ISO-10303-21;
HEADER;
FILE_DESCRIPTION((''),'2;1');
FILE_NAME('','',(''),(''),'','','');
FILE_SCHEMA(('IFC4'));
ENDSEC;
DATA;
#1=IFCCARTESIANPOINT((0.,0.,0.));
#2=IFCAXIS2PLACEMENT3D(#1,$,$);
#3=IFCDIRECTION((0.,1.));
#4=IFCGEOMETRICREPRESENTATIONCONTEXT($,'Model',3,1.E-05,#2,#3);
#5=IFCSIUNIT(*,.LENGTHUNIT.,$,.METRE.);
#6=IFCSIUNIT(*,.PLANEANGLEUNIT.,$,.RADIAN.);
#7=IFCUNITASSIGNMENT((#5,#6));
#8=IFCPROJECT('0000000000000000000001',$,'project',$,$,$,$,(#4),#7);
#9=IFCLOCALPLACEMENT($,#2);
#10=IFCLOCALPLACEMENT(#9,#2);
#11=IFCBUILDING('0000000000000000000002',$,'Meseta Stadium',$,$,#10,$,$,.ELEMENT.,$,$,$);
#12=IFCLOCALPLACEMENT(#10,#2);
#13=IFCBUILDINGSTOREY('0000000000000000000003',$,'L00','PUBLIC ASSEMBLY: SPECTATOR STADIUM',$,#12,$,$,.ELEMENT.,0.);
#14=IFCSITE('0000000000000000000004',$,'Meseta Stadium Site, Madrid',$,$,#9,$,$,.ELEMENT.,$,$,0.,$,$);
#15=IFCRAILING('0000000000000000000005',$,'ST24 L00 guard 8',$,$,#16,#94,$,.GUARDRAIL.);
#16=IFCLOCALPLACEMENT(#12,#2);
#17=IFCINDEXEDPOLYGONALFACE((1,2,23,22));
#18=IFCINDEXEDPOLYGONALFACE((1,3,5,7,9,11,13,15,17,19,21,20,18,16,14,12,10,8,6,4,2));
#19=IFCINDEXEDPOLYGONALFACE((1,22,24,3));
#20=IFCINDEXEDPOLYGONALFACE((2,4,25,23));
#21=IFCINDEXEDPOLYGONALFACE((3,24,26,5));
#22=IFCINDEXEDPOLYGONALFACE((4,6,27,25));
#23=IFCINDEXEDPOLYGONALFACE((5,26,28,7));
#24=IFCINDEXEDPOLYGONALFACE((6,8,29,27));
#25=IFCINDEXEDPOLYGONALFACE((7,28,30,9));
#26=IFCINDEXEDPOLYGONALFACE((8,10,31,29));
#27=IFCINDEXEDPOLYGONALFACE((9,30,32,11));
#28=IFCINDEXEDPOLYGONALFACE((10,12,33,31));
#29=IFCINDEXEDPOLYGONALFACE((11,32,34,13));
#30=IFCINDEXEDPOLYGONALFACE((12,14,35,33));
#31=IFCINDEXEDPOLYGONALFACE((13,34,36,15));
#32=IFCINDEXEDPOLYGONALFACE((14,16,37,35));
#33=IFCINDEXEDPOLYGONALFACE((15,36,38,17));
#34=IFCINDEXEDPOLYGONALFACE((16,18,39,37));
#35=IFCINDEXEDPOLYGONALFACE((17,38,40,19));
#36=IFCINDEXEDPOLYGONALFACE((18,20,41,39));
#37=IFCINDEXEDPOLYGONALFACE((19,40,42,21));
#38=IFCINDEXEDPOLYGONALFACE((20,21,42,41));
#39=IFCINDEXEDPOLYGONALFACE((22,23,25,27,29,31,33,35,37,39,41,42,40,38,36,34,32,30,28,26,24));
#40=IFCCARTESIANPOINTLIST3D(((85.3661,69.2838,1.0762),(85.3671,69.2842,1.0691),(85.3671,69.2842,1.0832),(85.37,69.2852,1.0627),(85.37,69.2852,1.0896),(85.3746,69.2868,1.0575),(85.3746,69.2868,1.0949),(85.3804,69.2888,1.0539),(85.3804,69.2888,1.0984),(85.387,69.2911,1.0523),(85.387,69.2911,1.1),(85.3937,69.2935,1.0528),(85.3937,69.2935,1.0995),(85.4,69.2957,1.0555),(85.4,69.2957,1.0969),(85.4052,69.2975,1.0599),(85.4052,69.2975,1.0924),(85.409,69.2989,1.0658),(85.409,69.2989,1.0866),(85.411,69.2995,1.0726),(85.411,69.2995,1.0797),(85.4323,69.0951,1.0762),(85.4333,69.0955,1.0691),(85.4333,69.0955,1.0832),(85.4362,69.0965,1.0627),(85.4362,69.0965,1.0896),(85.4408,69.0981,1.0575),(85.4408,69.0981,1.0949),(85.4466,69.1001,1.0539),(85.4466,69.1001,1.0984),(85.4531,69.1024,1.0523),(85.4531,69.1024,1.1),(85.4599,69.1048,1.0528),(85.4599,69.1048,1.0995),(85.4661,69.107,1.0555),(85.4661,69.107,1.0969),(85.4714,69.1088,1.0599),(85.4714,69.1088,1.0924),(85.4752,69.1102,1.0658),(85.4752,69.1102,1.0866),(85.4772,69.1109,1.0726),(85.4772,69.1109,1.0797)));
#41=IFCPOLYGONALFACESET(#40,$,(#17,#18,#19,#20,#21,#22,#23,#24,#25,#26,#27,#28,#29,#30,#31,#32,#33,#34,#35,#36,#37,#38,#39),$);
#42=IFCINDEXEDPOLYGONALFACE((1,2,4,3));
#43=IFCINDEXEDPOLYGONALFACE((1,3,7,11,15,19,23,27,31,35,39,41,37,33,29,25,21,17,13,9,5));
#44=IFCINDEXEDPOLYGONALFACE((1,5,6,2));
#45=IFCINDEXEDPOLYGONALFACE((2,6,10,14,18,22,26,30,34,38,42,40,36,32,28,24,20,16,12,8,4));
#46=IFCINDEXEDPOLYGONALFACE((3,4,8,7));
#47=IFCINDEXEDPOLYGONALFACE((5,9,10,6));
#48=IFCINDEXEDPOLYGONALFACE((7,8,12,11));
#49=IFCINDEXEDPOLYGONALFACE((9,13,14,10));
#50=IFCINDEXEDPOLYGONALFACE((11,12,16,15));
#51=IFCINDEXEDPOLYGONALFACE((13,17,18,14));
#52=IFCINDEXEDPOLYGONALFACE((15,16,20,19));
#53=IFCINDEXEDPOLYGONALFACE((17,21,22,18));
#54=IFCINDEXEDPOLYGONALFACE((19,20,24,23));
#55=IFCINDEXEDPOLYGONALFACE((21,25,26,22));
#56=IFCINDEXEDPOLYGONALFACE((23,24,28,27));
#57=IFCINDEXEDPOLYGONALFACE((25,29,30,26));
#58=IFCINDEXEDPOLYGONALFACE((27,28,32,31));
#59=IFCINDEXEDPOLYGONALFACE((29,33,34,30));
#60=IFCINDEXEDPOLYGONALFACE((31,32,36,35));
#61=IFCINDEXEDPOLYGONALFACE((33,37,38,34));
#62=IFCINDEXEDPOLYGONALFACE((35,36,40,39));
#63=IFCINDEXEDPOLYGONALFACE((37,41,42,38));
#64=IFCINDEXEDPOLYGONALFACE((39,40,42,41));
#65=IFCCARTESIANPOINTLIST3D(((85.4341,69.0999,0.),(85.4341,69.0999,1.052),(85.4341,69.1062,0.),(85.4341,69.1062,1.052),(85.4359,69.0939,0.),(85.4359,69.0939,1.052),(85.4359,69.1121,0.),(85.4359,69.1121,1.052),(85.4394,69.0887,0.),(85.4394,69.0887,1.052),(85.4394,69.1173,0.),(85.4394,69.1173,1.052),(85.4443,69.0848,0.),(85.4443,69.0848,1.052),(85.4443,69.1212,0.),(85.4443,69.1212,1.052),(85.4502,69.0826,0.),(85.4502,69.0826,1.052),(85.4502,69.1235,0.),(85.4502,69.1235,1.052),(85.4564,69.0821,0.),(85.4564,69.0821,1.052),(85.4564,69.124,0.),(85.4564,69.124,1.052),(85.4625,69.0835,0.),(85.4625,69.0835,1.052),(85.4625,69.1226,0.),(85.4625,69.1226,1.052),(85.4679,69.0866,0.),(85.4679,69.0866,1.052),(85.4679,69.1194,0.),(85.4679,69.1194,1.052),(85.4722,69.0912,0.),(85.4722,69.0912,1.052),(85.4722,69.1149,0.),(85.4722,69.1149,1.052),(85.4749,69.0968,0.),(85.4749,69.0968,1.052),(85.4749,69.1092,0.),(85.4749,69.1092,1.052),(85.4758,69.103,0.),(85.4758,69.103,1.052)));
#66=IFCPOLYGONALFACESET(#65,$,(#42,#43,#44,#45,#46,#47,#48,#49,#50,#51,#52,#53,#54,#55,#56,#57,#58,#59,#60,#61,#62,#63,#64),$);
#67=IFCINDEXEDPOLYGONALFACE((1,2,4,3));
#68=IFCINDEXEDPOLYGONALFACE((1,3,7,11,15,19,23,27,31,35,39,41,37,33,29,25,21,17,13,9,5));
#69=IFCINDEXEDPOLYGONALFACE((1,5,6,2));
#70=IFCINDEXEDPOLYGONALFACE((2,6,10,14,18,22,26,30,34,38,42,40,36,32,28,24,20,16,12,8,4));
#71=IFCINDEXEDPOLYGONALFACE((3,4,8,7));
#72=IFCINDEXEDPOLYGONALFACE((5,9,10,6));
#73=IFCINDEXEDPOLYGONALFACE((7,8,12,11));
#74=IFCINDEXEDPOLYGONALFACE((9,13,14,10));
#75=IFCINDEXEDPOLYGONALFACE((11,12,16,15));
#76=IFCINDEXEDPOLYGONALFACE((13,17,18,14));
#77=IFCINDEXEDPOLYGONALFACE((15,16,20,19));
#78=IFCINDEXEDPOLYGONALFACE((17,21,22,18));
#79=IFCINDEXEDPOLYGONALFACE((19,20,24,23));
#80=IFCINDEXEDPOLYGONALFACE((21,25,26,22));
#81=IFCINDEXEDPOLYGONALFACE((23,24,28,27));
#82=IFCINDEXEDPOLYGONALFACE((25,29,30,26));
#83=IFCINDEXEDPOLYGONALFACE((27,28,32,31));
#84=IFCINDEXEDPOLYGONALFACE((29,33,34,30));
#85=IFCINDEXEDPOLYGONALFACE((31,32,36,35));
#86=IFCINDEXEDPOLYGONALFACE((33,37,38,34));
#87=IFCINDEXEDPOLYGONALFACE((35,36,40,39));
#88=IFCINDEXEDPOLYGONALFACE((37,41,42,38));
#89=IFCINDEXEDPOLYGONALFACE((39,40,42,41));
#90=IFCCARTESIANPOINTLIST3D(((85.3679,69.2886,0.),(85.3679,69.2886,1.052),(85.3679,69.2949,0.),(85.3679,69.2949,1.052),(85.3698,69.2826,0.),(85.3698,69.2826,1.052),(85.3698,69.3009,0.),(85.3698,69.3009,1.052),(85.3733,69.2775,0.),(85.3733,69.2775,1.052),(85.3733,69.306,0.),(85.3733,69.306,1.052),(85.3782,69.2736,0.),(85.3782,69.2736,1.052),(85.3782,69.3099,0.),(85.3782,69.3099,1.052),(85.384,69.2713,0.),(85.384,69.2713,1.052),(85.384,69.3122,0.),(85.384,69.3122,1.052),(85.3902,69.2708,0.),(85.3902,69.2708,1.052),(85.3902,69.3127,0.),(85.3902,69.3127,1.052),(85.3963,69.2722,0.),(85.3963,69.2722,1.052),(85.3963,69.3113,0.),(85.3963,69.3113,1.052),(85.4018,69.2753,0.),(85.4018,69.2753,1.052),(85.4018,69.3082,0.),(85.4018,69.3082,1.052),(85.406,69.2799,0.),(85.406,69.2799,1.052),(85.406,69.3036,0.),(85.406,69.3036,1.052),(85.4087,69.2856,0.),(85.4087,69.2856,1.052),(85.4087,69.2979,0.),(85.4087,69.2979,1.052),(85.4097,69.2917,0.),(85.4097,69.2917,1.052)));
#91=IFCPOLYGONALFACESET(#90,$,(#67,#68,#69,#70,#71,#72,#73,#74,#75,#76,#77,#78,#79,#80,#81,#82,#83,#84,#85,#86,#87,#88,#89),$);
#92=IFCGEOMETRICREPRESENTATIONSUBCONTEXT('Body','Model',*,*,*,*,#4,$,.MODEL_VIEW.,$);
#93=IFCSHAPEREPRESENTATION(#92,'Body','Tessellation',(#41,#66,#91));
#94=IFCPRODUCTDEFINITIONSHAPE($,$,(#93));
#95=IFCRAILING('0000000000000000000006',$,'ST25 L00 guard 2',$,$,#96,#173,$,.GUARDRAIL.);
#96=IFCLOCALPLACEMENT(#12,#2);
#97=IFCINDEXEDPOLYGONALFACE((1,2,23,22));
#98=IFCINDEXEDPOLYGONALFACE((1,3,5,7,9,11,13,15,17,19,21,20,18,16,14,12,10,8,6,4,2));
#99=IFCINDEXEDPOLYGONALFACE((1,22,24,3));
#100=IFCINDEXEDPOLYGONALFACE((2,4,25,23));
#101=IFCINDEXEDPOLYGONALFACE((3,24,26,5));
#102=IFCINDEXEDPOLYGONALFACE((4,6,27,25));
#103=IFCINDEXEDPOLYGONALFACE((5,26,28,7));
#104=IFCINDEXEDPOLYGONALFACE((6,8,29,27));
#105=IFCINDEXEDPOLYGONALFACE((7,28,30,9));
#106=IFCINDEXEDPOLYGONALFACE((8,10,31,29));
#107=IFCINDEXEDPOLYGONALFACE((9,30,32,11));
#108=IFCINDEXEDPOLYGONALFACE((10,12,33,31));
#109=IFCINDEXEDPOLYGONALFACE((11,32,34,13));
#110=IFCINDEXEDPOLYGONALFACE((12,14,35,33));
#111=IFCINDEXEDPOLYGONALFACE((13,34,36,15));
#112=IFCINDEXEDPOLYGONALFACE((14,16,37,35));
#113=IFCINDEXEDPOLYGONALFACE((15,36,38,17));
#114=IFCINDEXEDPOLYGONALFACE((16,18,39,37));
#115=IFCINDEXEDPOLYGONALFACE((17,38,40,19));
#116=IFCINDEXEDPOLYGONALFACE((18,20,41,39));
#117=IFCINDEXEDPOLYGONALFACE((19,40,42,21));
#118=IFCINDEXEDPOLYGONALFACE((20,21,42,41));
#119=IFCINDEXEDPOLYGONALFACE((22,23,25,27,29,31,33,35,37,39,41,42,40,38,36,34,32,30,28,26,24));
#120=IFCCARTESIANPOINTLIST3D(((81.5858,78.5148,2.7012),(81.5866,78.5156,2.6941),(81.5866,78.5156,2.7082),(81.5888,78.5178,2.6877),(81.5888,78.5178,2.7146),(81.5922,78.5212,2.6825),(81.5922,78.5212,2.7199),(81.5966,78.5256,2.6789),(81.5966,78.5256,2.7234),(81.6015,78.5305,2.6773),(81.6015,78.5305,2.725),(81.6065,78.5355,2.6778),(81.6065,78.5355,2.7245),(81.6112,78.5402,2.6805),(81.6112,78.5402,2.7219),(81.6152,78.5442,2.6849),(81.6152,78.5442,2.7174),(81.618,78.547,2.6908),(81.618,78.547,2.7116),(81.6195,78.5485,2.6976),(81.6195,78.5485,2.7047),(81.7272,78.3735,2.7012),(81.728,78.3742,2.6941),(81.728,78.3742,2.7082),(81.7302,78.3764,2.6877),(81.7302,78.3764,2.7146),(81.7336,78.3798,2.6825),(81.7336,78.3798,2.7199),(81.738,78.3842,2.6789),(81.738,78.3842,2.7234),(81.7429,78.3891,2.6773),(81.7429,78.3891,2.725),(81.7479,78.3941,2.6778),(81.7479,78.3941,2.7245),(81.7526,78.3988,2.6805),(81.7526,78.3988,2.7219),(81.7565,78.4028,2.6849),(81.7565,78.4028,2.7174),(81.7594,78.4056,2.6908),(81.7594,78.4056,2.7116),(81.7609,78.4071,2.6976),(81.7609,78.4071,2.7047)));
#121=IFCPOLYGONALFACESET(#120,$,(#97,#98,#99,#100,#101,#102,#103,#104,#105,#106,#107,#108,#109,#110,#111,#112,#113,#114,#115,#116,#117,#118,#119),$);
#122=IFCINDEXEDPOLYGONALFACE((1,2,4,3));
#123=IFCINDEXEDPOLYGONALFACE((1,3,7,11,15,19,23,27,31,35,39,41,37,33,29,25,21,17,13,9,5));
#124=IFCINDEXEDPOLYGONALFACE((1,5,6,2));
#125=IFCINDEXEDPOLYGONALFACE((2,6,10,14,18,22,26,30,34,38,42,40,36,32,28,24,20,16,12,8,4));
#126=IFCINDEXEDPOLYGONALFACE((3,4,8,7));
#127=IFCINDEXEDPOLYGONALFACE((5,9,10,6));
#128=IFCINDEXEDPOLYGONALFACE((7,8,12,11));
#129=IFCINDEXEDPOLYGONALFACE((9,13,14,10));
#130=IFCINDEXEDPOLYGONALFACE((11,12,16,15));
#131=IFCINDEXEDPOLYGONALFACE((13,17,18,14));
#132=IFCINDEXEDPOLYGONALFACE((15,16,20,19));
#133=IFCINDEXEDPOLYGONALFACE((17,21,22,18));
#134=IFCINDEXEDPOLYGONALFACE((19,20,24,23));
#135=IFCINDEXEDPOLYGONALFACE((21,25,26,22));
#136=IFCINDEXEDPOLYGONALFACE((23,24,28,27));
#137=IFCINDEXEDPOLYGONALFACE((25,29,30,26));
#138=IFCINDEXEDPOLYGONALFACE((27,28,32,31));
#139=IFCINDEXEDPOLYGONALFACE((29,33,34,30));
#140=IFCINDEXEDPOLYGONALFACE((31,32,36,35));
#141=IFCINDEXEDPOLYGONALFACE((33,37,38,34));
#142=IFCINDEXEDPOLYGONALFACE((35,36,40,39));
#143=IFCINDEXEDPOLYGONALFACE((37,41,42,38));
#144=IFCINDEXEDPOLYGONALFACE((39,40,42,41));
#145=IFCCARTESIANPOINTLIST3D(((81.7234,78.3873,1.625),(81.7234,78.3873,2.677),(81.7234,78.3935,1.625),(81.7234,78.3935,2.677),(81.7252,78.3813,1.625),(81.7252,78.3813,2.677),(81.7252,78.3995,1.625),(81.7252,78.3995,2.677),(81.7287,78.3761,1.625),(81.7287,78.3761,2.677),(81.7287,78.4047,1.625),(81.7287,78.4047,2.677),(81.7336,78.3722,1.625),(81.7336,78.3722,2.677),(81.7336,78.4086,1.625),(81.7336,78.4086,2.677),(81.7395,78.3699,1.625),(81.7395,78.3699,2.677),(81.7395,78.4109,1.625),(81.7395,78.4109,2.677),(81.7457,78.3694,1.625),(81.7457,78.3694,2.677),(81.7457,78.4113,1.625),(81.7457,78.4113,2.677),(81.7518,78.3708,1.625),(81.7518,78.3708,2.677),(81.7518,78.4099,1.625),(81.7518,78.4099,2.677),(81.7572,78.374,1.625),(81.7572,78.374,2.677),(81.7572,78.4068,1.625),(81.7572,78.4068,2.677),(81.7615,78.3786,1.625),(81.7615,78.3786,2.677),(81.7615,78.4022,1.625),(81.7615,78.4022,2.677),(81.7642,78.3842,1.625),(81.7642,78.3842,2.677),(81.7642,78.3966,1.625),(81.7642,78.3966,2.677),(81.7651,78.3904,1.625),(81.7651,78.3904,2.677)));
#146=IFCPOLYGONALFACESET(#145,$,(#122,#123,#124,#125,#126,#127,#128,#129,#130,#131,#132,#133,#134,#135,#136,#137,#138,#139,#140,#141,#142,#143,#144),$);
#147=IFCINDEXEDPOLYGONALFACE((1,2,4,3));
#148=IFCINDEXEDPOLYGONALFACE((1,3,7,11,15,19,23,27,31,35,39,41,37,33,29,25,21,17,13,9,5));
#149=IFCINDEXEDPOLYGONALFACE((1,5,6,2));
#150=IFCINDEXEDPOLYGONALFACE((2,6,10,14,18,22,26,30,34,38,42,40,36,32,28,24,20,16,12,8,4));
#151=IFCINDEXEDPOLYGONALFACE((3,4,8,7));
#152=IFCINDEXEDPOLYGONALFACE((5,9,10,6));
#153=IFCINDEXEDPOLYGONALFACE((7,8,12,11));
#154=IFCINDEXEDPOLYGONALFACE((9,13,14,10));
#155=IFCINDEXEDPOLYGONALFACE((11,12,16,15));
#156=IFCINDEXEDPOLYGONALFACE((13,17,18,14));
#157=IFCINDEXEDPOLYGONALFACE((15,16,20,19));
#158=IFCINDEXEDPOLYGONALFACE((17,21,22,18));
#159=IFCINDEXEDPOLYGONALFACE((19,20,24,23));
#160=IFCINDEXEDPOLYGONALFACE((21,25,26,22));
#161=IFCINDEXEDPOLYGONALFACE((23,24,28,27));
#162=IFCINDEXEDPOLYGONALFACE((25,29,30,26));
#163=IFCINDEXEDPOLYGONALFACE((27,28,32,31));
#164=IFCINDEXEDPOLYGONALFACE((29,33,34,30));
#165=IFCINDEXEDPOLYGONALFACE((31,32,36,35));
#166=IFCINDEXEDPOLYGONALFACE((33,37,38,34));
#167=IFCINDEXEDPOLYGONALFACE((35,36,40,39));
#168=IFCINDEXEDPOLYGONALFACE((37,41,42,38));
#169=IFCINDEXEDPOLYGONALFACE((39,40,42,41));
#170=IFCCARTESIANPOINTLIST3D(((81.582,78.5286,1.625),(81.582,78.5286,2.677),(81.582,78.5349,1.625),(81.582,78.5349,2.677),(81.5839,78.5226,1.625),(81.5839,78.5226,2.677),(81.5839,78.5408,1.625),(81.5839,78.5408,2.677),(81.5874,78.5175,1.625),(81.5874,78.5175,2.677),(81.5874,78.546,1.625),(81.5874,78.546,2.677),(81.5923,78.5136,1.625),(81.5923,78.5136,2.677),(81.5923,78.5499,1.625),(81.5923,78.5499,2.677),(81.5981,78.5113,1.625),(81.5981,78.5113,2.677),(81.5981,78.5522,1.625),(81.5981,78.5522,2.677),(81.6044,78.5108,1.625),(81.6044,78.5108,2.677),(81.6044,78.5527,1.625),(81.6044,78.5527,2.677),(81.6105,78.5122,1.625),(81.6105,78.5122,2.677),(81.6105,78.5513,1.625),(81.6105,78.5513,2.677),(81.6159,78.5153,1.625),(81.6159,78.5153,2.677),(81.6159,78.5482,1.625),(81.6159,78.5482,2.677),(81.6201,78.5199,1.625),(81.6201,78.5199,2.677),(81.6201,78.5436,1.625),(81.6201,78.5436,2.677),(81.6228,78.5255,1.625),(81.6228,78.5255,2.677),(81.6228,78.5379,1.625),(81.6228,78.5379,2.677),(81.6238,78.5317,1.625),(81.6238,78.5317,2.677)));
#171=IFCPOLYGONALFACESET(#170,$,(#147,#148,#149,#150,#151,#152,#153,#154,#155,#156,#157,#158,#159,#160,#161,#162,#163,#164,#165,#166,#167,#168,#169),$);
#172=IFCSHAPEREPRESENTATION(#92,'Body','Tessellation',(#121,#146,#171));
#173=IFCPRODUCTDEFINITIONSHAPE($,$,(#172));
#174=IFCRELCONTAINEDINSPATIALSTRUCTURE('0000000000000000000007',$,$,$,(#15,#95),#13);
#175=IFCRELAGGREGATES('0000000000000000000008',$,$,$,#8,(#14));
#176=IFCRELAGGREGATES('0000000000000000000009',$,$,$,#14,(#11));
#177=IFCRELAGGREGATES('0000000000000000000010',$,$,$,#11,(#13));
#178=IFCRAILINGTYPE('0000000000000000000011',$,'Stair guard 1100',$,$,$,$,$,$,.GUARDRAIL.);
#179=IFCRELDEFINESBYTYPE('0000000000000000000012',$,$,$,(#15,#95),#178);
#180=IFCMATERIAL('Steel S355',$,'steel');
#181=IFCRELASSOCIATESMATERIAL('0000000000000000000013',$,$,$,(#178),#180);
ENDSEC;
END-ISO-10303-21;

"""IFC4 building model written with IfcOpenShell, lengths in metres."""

from ifc_helpers import new_model, si_unit, direction, frame, origin, origin_2d, place, context, subcontext, project, spatial, circle, extrude, material, type_object, element, save


model = new_model("IFC4")

# Units and contexts
model_context = context("Model", 3, precision=1e-05, world=origin(), true_north=direction((0.0, 1.0)))
body_context = subcontext(model_context, "Body", "Model", "MODEL_VIEW")
ifc_project = project(units=[si_unit("LENGTHUNIT", "METRE"), si_unit("PLANEANGLEUNIT", "RADIAN")], contexts=[model_context])

# Site, building, storey
site_placement = place(None, origin())
site = spatial("IfcSite", under=ifc_project, at=site_placement, Name="Meseta Stadium Site, Madrid", CompositionType="ELEMENT", RefElevation=0.0)
building_placement = place(site_placement, origin())
building = spatial("IfcBuilding", under=site, at=building_placement, Name="Meseta Stadium", CompositionType="ELEMENT")
storey_placement = place(building_placement, origin())
storey = spatial("IfcBuildingStorey", under=building, at=storey_placement, Name="L00", Description="PUBLIC ASSEMBLY: SPECTATOR STADIUM", CompositionType="ELEMENT", Elevation=0.0)

# Railings
ifc_material_1 = material(Name="Steel S355", Category="steel")
railing_type_1 = type_object("IfcRailingType", Name="Stair guard 1100", PredefinedType="GUARDRAIL", material=ifc_material_1)
railing_1_placement = place(storey_placement, frame((85.4548, 69.103, 0.0)))
element("IfcRailing", 1, at=railing_1_placement, inside=storey, type_object=railing_type_1, Name="ST24 L00 guard 8", PredefinedType="GUARDRAIL", context=body_context, shape_type="SweptSolid", body=[
    extrude(circle(Radius=0.0239, at=origin_2d()), frame((0.0, 0.0, 1.0762), z_axis=(-0.33084, 0.943687, 0.0), x_axis=(-0.943687, -0.33084, 0.0)), (0.0, 0.0, 1.0), 0.2),
    extrude(circle(Radius=0.021, at=origin_2d()), origin(), (0.0, 0.0, 1.0), 1.052),
    extrude(circle(Radius=0.021, at=origin_2d()), frame((-0.0662, 0.1887, 0.0)), (0.0, 0.0, 1.0), 1.052),
])
for number, where, name in (
    (2, (81.7441, 78.3904, 1.625), "ST25 L00 guard 2"),
):
    element("IfcRailing", number, at=place(storey_placement, frame(where)), inside=storey, type_object=railing_type_1, Name=name, PredefinedType="GUARDRAIL", context=body_context, shape_type="SweptSolid", body=[
        extrude(circle(Radius=0.0239, at=origin_2d()), frame((0.0, 0.0, 1.0762), z_axis=(-0.707107, 0.707107, 0.0), x_axis=(-0.707107, -0.707107, 0.0)), (0.0, 0.0, 1.0), 0.2),
        extrude(circle(Radius=0.021, at=origin_2d()), origin(), (0.0, 0.0, 1.0), 1.052),
        extrude(circle(Radius=0.021, at=origin_2d()), frame((-0.1414, 0.1414, 0.0)), (0.0, 0.0, 1.0), 1.052),
    ])

save(model, "model.ifc")
